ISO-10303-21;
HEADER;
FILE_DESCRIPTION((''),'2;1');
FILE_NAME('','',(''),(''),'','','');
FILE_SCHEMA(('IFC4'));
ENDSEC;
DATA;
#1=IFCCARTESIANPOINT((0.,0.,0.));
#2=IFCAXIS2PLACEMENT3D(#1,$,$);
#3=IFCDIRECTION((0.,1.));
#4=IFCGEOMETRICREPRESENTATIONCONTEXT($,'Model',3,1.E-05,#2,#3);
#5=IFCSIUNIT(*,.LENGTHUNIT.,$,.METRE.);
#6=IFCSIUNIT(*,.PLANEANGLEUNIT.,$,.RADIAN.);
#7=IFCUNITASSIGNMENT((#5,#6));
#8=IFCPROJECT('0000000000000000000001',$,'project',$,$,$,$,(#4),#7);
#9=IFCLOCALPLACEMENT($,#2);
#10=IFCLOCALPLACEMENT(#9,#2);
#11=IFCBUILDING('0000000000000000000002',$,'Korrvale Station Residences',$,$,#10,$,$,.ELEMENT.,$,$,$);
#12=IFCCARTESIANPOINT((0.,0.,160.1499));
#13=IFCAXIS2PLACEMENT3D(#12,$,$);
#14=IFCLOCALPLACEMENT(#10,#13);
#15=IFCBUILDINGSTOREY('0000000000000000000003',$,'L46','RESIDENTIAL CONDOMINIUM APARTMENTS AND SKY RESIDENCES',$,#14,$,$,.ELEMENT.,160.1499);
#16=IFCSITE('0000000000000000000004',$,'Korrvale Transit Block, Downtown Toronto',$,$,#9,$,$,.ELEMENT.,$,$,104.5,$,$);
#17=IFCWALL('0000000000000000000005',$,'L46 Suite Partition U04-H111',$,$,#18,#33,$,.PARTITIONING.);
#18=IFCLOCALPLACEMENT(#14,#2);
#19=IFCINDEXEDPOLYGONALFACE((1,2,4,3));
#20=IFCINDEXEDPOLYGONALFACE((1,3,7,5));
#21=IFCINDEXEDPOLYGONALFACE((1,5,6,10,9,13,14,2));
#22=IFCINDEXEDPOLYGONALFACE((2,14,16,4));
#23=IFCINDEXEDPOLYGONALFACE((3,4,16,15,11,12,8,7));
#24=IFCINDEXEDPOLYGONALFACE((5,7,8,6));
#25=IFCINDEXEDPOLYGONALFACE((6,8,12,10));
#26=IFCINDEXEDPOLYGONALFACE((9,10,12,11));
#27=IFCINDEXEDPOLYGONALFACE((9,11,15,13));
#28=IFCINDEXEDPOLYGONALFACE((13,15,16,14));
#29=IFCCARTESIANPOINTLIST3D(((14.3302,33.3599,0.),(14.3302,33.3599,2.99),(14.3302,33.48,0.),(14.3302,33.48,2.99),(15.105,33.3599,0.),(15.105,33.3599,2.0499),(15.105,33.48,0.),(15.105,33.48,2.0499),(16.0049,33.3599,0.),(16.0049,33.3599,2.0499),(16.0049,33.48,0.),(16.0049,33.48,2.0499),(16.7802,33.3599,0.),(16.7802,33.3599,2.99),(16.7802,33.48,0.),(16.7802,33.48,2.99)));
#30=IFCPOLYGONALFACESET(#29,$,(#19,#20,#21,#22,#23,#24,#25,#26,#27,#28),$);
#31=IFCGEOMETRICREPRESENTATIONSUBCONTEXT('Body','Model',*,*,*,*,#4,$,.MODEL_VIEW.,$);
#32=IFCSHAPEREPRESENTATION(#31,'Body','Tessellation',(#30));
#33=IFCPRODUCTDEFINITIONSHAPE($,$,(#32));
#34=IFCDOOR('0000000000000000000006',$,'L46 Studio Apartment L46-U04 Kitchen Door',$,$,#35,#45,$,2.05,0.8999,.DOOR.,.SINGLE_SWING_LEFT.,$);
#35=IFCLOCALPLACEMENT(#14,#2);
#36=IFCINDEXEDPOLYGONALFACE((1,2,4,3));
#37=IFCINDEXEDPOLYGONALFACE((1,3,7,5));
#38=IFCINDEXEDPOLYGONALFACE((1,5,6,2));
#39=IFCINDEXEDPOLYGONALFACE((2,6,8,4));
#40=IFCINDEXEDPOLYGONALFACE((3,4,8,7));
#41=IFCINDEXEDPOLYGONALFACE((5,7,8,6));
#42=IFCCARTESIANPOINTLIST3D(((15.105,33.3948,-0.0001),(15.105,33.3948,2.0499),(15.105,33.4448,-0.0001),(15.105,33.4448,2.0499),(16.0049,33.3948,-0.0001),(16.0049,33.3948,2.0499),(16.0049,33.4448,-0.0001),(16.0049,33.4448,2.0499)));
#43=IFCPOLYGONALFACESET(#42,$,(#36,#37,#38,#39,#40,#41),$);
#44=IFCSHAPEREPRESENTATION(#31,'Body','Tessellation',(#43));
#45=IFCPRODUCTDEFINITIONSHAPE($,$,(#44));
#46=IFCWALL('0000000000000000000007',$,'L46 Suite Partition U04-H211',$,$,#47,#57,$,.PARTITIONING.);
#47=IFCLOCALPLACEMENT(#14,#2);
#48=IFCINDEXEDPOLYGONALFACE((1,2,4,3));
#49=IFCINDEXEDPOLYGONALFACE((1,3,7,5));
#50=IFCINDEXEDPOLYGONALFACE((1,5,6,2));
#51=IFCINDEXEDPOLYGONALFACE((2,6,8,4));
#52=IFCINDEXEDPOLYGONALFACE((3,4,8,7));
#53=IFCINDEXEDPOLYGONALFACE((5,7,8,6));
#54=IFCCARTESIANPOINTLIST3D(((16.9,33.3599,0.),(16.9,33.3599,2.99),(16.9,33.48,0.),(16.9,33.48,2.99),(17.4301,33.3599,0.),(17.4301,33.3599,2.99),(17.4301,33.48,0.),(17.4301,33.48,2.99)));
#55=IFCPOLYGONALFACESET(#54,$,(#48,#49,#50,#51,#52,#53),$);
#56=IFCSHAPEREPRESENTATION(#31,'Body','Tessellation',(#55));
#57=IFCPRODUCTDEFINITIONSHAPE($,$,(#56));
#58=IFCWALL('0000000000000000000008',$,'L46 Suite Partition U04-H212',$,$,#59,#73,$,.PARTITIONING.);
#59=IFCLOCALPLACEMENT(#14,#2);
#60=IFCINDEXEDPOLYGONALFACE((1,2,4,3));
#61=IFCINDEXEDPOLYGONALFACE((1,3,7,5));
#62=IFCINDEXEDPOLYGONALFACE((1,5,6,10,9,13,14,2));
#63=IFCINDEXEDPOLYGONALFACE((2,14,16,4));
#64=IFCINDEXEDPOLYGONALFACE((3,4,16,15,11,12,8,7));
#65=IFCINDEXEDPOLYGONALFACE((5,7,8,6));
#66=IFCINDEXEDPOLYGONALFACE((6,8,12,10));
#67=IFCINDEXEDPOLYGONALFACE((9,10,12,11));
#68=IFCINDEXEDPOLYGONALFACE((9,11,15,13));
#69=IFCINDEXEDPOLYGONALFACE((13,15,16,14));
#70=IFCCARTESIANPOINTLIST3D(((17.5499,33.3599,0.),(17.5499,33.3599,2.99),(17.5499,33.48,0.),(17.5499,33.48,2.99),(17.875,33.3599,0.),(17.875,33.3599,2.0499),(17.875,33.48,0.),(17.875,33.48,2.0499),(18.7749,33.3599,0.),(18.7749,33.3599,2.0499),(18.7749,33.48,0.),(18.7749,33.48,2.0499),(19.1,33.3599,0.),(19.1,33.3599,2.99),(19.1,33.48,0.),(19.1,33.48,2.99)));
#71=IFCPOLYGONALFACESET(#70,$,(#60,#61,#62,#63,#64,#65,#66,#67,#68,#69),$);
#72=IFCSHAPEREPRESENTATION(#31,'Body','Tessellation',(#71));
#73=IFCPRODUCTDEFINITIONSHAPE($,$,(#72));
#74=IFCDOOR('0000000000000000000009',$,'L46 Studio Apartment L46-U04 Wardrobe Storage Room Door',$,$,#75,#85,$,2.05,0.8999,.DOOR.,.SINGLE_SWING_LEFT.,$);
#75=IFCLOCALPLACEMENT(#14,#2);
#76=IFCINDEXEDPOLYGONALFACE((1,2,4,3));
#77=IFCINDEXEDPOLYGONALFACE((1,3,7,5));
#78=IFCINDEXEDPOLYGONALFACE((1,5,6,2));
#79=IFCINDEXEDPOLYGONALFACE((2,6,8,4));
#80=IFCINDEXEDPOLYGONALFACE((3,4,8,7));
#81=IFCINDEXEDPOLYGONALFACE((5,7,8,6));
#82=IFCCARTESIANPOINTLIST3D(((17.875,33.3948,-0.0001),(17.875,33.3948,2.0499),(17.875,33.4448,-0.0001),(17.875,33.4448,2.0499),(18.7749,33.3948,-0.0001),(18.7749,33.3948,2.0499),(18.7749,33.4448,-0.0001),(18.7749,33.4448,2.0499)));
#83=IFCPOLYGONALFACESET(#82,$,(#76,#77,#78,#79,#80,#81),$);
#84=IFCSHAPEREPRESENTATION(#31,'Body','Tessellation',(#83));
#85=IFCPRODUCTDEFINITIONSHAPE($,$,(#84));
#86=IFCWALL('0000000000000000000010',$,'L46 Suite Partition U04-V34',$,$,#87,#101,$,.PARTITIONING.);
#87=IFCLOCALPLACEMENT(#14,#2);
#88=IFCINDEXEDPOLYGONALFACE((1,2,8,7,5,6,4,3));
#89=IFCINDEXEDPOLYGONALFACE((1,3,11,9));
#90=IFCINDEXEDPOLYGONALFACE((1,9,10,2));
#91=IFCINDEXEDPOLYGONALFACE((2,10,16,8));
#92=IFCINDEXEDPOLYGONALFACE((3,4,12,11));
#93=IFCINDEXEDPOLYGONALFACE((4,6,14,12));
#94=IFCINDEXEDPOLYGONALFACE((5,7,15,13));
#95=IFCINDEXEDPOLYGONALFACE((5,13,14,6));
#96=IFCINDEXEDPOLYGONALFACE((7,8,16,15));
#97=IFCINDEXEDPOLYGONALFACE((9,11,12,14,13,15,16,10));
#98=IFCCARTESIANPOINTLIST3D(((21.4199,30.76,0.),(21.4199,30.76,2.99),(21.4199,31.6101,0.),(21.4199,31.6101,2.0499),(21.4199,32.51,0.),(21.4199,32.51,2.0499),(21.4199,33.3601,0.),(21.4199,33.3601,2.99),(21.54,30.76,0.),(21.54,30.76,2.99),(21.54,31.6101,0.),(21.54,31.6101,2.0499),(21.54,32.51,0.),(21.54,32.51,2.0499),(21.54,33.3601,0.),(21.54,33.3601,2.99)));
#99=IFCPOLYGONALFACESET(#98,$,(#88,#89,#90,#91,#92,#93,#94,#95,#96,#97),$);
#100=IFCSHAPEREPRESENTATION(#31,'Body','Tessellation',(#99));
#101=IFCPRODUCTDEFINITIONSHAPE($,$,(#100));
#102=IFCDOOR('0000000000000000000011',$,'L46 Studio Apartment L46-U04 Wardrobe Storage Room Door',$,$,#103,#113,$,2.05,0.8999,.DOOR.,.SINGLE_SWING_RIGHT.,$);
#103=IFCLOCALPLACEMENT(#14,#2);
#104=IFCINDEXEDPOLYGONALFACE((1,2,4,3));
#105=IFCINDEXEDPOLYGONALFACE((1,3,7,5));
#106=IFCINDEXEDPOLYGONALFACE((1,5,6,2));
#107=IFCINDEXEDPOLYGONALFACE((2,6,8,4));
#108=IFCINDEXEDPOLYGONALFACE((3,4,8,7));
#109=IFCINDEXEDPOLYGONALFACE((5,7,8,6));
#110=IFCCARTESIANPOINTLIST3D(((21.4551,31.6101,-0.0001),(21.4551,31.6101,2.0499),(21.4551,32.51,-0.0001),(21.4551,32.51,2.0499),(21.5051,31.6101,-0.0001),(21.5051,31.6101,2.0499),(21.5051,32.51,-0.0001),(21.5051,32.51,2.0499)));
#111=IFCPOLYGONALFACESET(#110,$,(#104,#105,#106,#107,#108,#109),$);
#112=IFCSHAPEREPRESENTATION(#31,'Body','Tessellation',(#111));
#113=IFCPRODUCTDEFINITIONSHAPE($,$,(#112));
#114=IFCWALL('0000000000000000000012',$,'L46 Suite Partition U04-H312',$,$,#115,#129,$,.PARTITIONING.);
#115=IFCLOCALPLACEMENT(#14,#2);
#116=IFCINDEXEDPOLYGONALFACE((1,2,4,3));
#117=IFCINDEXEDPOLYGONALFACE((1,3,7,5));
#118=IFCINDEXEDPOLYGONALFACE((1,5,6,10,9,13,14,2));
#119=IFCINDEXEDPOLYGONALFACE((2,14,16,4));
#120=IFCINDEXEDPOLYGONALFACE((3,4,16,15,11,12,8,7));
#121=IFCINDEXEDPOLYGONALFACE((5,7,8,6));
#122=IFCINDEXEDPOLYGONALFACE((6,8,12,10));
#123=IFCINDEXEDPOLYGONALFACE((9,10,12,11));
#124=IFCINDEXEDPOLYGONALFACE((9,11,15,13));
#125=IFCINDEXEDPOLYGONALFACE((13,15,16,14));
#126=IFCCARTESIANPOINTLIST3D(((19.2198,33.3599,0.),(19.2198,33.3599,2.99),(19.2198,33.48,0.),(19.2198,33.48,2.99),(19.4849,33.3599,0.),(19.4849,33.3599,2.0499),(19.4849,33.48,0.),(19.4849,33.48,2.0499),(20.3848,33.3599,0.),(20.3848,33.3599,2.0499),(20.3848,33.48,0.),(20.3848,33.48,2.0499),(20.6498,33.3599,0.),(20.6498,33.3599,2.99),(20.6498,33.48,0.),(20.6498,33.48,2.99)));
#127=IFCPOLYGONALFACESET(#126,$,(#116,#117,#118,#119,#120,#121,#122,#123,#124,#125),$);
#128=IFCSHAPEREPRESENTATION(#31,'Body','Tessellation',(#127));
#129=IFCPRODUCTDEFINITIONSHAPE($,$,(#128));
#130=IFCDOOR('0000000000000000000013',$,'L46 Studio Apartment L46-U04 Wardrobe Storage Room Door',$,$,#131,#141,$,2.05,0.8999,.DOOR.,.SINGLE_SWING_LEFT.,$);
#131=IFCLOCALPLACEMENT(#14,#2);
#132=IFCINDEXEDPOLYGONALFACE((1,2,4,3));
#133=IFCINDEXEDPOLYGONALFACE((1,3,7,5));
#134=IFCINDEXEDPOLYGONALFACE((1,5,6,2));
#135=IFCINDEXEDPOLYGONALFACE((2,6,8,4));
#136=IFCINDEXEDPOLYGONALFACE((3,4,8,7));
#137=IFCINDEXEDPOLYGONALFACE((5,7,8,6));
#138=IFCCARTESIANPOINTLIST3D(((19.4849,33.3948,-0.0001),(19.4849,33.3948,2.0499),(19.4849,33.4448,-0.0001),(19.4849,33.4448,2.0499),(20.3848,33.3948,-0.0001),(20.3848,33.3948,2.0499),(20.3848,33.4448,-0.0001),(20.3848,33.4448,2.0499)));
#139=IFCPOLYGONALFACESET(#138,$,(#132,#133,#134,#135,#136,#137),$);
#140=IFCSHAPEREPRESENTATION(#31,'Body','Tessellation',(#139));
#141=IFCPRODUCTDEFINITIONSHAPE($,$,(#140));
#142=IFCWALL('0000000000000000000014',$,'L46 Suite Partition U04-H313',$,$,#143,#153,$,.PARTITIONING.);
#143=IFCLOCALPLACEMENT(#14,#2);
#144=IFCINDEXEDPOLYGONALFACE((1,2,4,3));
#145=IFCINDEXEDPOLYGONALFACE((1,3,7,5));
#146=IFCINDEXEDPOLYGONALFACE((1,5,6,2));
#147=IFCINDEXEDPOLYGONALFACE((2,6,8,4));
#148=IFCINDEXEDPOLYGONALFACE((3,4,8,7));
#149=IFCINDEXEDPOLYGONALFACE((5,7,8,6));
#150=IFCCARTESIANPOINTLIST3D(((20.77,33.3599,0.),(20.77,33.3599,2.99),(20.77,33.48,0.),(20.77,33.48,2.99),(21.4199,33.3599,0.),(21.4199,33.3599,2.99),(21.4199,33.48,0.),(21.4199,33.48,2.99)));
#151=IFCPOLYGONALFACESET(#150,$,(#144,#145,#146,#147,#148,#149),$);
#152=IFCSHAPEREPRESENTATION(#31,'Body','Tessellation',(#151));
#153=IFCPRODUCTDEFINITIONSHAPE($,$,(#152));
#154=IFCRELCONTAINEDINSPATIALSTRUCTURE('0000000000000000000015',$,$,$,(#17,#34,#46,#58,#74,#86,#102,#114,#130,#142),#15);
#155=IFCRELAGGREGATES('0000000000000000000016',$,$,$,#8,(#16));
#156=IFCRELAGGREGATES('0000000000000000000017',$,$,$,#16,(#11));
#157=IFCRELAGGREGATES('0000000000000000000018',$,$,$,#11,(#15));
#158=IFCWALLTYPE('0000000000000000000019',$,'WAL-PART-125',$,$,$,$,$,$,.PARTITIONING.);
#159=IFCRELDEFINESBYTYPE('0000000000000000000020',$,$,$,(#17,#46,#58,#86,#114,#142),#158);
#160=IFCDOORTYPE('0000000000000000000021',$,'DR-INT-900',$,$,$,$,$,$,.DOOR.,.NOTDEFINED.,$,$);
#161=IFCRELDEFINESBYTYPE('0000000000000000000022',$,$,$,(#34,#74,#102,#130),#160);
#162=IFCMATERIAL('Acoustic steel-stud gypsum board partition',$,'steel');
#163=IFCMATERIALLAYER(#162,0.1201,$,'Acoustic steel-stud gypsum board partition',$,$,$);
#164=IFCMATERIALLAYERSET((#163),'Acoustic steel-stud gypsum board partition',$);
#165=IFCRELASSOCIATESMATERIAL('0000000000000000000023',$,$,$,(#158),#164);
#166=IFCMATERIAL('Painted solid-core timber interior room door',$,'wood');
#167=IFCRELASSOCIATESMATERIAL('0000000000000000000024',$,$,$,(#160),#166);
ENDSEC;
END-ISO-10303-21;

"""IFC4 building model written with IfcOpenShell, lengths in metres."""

from ifc_helpers import new_model, si_unit, direction, frame, frame_2d, origin, place, context, subcontext, project, spatial, rectangle, extrude, material, layer, layer_set, type_object, element, fill, save


model = new_model("IFC4")

# Units and contexts
model_context = context("Model", 3, precision=1e-05, world=origin(), true_north=direction((0.0, 1.0)))
body_context = subcontext(model_context, "Body", "Model", "MODEL_VIEW")
ifc_project = project(units=[si_unit("LENGTHUNIT", "METRE"), si_unit("PLANEANGLEUNIT", "RADIAN")], contexts=[model_context])

# Site, building, storey
site_placement = place(None, origin())
site = spatial("IfcSite", under=ifc_project, at=site_placement, Name="Korrvale Transit Block, Downtown Toronto", CompositionType="ELEMENT", RefElevation=104.5)
building_placement = place(site_placement, origin())
building = spatial("IfcBuilding", under=site, at=building_placement, Name="Korrvale Station Residences", CompositionType="ELEMENT")
storey_placement = place(building_placement, frame((0.0, 0.0, 160.1499)))
storey = spatial("IfcBuildingStorey", under=building, at=storey_placement, Name="L46", Description="RESIDENTIAL CONDOMINIUM APARTMENTS AND SKY RESIDENCES", CompositionType="ELEMENT", Elevation=160.1499)

# Wall, opening, door
ifc_material_1 = material(Name="Acoustic steel-stud gypsum board partition", Category="steel")
ifc_layer_1 = layer(ifc_material_1, 0.1201, Name="Acoustic steel-stud gypsum board partition")
ifc_layer_set_1 = layer_set([ifc_layer_1], Name="Acoustic steel-stud gypsum board partition")
wall_type = type_object("IfcWallType", Name="WAL-PART-125", PredefinedType="PARTITIONING", material=ifc_layer_set_1)
wall_1_placement = place(storey_placement, frame((14.3301, 33.4199, 0.0), z_axis=(0.0, 0.0, 1.0), x_axis=(1.0, 0.0, 0.0)))
wall_1 = element("IfcWall", 1, at=wall_1_placement, inside=storey, type_object=wall_type, Name="L46 Suite Partition U04-H111", PredefinedType="PARTITIONING", context=body_context, shape_type="SweptSolid", body=[
    extrude(rectangle(XDim=2.45, YDim=0.1201, at=frame_2d((1.2251, 0.0))), origin(), (0.0, 0.0, 1.0), 2.99),
])
opening_1_placement = place(wall_1_placement, frame((0.7749, 0.0, 0.0)))
opening_1 = element("IfcOpeningElement", 2, at=opening_1_placement, cuts=wall_1, PredefinedType="OPENING", context=body_context, shape_type="SweptSolid", body=[
    extrude(rectangle(XDim=0.8999, YDim=2.05, at=frame_2d((0.45, 1.0249))), frame((0.0, 0.0701, 0.0), z_axis=(0.0, -1.0, 0.0), x_axis=(1.0, 0.0, 0.0)), (0.0, 0.0, 1.0), 0.1401),
])
ifc_material_2 = material(Name="Painted solid-core timber interior room door", Category="wood")
door_type = type_object("IfcDoorType", Name="DR-INT-900", OperationType="NOTDEFINED", PredefinedType="DOOR", material=ifc_material_2)
door_1_placement = place(opening_1_placement, origin())
door_1 = element("IfcDoor", 3, at=door_1_placement, inside=storey, type_object=door_type, Name="L46 Studio Apartment L46-U04 Kitchen Door", OperationType="SINGLE_SWING_LEFT", OverallHeight=2.05, OverallWidth=0.8999, PredefinedType="DOOR", context=body_context, shape_type="SweptSolid", body=[
    extrude(rectangle(XDim=0.8999, YDim=2.05, at=frame_2d((0.45, 1.0249))), frame((0.0, 0.0249, 0.0), z_axis=(0.0, -1.0, 0.0), x_axis=(1.0, 0.0, 0.0)), (0.0, 0.0, 1.0), 0.05),
])
fill(opening_1, door_1)

# Wall
wall_2_placement = place(storey_placement, frame((16.8999, 33.4199, 0.0), z_axis=(0.0, 0.0, 1.0), x_axis=(1.0, 0.0, 0.0)))
element("IfcWall", 4, at=wall_2_placement, inside=storey, type_object=wall_type, Name="L46 Suite Partition U04-H211", PredefinedType="PARTITIONING", context=body_context, shape_type="SweptSolid", body=[
    extrude(rectangle(XDim=0.53, YDim=0.1201, at=frame_2d((0.2651, 0.0))), origin(), (0.0, 0.0, 1.0), 2.99),
])

# Walls, openings, doors
wall_3_placement = place(storey_placement, frame((17.55, 33.4199, 0.0), z_axis=(0.0, 0.0, 1.0), x_axis=(1.0, 0.0, 0.0)))
wall_3 = element("IfcWall", 5, at=wall_3_placement, inside=storey, type_object=wall_type, Name="L46 Suite Partition U04-H212", PredefinedType="PARTITIONING", context=body_context, shape_type="SweptSolid", body=[
    extrude(rectangle(XDim=1.55, YDim=0.1201, at=frame_2d((0.7749, 0.0))), origin(), (0.0, 0.0, 1.0), 2.99),
])
opening_2_placement = place(wall_3_placement, frame((0.325, 0.0, 0.0)))
opening_2 = element("IfcOpeningElement", 6, at=opening_2_placement, cuts=wall_3, PredefinedType="OPENING", context=body_context, shape_type="SweptSolid", body=[
    extrude(rectangle(XDim=0.8999, YDim=2.05, at=frame_2d((0.45, 1.0249))), frame((0.0, 0.0701, 0.0), z_axis=(0.0, -1.0, 0.0), x_axis=(1.0, 0.0, 0.0)), (0.0, 0.0, 1.0), 0.1401),
])
door_2_placement = place(opening_2_placement, origin())
door_2 = element("IfcDoor", 7, at=door_2_placement, inside=storey, type_object=door_type, Name="L46 Studio Apartment L46-U04 Wardrobe Storage Room Door", OperationType="SINGLE_SWING_LEFT", OverallHeight=2.05, OverallWidth=0.8999, PredefinedType="DOOR", context=body_context, shape_type="SweptSolid", body=[
    extrude(rectangle(XDim=0.8999, YDim=2.05, at=frame_2d((0.45, 1.0249))), frame((0.0, 0.0249, 0.0), z_axis=(0.0, -1.0, 0.0), x_axis=(1.0, 0.0, 0.0)), (0.0, 0.0, 1.0), 0.05),
])
fill(opening_2, door_2)
wall_4_placement = place(storey_placement, frame((21.48, 30.76, 0.0), z_axis=(0.0, 0.0, 1.0), x_axis=(0.0, 1.0, 0.0)))
wall_4 = element("IfcWall", 8, at=wall_4_placement, inside=storey, type_object=wall_type, Name="L46 Suite Partition U04-V34", PredefinedType="PARTITIONING", context=body_context, shape_type="SweptSolid", body=[
    extrude(rectangle(XDim=2.6001, YDim=0.1201, at=frame_2d((1.3, 0.0))), origin(), (0.0, 0.0, 1.0), 2.99),
])
opening_3_placement = place(wall_4_placement, frame((0.8501, 0.0, 0.0)))
opening_3 = element("IfcOpeningElement", 9, at=opening_3_placement, cuts=wall_4, PredefinedType="OPENING", context=body_context, shape_type="SweptSolid", body=[
    extrude(rectangle(XDim=0.8999, YDim=2.05, at=frame_2d((0.45, 1.0249))), frame((0.0, 0.0701, 0.0), z_axis=(0.0, -1.0, 0.0), x_axis=(1.0, 0.0, 0.0)), (0.0, 0.0, 1.0), 0.1401),
])
door_3_placement = place(opening_3_placement, origin())
door_3 = element("IfcDoor", 10, at=door_3_placement, inside=storey, type_object=door_type, Name="L46 Studio Apartment L46-U04 Wardrobe Storage Room Door", OperationType="SINGLE_SWING_RIGHT", OverallHeight=2.05, OverallWidth=0.8999, PredefinedType="DOOR", context=body_context, shape_type="SweptSolid", body=[
    extrude(rectangle(XDim=0.8999, YDim=2.05, at=frame_2d((0.45, 1.0249))), frame((0.0, 0.0249, 0.0), z_axis=(0.0, -1.0, 0.0), x_axis=(1.0, 0.0, 0.0)), (0.0, 0.0, 1.0), 0.05),
])
fill(opening_3, door_3)
wall_5_placement = place(storey_placement, frame((19.22, 33.4199, 0.0), z_axis=(0.0, 0.0, 1.0), x_axis=(1.0, 0.0, 0.0)))
wall_5 = element("IfcWall", 11, at=wall_5_placement, inside=storey, type_object=wall_type, Name="L46 Suite Partition U04-H312", PredefinedType="PARTITIONING", context=body_context, shape_type="SweptSolid", body=[
    extrude(rectangle(XDim=1.4299, YDim=0.1201, at=frame_2d((0.7148, 0.0))), origin(), (0.0, 0.0, 1.0), 2.99),
])
opening_4_placement = place(wall_5_placement, frame((0.2649, 0.0, 0.0)))
opening_4 = element("IfcOpeningElement", 12, at=opening_4_placement, cuts=wall_5, PredefinedType="OPENING", context=body_context, shape_type="SweptSolid", body=[
    extrude(rectangle(XDim=0.8999, YDim=2.05, at=frame_2d((0.45, 1.0249))), frame((0.0, 0.0701, 0.0), z_axis=(0.0, -1.0, 0.0), x_axis=(1.0, 0.0, 0.0)), (0.0, 0.0, 1.0), 0.1401),
])
door_4_placement = place(opening_4_placement, origin())
door_4 = element("IfcDoor", 13, at=door_4_placement, inside=storey, type_object=door_type, Name="L46 Studio Apartment L46-U04 Wardrobe Storage Room Door", OperationType="SINGLE_SWING_LEFT", OverallHeight=2.05, OverallWidth=0.8999, PredefinedType="DOOR", context=body_context, shape_type="SweptSolid", body=[
    extrude(rectangle(XDim=0.8999, YDim=2.05, at=frame_2d((0.45, 1.0249))), frame((0.0, 0.0249, 0.0), z_axis=(0.0, -1.0, 0.0), x_axis=(1.0, 0.0, 0.0)), (0.0, 0.0, 1.0), 0.05),
])
fill(opening_4, door_4)

# Wall
wall_6_placement = place(storey_placement, frame((20.77, 33.4199, 0.0), z_axis=(0.0, 0.0, 1.0), x_axis=(1.0, 0.0, 0.0)))
element("IfcWall", 14, at=wall_6_placement, inside=storey, type_object=wall_type, Name="L46 Suite Partition U04-H313", PredefinedType="PARTITIONING", context=body_context, shape_type="SweptSolid", body=[
    extrude(rectangle(XDim=0.6499, YDim=0.1201, at=frame_2d((0.325, 0.0))), origin(), (0.0, 0.0, 1.0), 2.99),
])

save(model, "model.ifc")
